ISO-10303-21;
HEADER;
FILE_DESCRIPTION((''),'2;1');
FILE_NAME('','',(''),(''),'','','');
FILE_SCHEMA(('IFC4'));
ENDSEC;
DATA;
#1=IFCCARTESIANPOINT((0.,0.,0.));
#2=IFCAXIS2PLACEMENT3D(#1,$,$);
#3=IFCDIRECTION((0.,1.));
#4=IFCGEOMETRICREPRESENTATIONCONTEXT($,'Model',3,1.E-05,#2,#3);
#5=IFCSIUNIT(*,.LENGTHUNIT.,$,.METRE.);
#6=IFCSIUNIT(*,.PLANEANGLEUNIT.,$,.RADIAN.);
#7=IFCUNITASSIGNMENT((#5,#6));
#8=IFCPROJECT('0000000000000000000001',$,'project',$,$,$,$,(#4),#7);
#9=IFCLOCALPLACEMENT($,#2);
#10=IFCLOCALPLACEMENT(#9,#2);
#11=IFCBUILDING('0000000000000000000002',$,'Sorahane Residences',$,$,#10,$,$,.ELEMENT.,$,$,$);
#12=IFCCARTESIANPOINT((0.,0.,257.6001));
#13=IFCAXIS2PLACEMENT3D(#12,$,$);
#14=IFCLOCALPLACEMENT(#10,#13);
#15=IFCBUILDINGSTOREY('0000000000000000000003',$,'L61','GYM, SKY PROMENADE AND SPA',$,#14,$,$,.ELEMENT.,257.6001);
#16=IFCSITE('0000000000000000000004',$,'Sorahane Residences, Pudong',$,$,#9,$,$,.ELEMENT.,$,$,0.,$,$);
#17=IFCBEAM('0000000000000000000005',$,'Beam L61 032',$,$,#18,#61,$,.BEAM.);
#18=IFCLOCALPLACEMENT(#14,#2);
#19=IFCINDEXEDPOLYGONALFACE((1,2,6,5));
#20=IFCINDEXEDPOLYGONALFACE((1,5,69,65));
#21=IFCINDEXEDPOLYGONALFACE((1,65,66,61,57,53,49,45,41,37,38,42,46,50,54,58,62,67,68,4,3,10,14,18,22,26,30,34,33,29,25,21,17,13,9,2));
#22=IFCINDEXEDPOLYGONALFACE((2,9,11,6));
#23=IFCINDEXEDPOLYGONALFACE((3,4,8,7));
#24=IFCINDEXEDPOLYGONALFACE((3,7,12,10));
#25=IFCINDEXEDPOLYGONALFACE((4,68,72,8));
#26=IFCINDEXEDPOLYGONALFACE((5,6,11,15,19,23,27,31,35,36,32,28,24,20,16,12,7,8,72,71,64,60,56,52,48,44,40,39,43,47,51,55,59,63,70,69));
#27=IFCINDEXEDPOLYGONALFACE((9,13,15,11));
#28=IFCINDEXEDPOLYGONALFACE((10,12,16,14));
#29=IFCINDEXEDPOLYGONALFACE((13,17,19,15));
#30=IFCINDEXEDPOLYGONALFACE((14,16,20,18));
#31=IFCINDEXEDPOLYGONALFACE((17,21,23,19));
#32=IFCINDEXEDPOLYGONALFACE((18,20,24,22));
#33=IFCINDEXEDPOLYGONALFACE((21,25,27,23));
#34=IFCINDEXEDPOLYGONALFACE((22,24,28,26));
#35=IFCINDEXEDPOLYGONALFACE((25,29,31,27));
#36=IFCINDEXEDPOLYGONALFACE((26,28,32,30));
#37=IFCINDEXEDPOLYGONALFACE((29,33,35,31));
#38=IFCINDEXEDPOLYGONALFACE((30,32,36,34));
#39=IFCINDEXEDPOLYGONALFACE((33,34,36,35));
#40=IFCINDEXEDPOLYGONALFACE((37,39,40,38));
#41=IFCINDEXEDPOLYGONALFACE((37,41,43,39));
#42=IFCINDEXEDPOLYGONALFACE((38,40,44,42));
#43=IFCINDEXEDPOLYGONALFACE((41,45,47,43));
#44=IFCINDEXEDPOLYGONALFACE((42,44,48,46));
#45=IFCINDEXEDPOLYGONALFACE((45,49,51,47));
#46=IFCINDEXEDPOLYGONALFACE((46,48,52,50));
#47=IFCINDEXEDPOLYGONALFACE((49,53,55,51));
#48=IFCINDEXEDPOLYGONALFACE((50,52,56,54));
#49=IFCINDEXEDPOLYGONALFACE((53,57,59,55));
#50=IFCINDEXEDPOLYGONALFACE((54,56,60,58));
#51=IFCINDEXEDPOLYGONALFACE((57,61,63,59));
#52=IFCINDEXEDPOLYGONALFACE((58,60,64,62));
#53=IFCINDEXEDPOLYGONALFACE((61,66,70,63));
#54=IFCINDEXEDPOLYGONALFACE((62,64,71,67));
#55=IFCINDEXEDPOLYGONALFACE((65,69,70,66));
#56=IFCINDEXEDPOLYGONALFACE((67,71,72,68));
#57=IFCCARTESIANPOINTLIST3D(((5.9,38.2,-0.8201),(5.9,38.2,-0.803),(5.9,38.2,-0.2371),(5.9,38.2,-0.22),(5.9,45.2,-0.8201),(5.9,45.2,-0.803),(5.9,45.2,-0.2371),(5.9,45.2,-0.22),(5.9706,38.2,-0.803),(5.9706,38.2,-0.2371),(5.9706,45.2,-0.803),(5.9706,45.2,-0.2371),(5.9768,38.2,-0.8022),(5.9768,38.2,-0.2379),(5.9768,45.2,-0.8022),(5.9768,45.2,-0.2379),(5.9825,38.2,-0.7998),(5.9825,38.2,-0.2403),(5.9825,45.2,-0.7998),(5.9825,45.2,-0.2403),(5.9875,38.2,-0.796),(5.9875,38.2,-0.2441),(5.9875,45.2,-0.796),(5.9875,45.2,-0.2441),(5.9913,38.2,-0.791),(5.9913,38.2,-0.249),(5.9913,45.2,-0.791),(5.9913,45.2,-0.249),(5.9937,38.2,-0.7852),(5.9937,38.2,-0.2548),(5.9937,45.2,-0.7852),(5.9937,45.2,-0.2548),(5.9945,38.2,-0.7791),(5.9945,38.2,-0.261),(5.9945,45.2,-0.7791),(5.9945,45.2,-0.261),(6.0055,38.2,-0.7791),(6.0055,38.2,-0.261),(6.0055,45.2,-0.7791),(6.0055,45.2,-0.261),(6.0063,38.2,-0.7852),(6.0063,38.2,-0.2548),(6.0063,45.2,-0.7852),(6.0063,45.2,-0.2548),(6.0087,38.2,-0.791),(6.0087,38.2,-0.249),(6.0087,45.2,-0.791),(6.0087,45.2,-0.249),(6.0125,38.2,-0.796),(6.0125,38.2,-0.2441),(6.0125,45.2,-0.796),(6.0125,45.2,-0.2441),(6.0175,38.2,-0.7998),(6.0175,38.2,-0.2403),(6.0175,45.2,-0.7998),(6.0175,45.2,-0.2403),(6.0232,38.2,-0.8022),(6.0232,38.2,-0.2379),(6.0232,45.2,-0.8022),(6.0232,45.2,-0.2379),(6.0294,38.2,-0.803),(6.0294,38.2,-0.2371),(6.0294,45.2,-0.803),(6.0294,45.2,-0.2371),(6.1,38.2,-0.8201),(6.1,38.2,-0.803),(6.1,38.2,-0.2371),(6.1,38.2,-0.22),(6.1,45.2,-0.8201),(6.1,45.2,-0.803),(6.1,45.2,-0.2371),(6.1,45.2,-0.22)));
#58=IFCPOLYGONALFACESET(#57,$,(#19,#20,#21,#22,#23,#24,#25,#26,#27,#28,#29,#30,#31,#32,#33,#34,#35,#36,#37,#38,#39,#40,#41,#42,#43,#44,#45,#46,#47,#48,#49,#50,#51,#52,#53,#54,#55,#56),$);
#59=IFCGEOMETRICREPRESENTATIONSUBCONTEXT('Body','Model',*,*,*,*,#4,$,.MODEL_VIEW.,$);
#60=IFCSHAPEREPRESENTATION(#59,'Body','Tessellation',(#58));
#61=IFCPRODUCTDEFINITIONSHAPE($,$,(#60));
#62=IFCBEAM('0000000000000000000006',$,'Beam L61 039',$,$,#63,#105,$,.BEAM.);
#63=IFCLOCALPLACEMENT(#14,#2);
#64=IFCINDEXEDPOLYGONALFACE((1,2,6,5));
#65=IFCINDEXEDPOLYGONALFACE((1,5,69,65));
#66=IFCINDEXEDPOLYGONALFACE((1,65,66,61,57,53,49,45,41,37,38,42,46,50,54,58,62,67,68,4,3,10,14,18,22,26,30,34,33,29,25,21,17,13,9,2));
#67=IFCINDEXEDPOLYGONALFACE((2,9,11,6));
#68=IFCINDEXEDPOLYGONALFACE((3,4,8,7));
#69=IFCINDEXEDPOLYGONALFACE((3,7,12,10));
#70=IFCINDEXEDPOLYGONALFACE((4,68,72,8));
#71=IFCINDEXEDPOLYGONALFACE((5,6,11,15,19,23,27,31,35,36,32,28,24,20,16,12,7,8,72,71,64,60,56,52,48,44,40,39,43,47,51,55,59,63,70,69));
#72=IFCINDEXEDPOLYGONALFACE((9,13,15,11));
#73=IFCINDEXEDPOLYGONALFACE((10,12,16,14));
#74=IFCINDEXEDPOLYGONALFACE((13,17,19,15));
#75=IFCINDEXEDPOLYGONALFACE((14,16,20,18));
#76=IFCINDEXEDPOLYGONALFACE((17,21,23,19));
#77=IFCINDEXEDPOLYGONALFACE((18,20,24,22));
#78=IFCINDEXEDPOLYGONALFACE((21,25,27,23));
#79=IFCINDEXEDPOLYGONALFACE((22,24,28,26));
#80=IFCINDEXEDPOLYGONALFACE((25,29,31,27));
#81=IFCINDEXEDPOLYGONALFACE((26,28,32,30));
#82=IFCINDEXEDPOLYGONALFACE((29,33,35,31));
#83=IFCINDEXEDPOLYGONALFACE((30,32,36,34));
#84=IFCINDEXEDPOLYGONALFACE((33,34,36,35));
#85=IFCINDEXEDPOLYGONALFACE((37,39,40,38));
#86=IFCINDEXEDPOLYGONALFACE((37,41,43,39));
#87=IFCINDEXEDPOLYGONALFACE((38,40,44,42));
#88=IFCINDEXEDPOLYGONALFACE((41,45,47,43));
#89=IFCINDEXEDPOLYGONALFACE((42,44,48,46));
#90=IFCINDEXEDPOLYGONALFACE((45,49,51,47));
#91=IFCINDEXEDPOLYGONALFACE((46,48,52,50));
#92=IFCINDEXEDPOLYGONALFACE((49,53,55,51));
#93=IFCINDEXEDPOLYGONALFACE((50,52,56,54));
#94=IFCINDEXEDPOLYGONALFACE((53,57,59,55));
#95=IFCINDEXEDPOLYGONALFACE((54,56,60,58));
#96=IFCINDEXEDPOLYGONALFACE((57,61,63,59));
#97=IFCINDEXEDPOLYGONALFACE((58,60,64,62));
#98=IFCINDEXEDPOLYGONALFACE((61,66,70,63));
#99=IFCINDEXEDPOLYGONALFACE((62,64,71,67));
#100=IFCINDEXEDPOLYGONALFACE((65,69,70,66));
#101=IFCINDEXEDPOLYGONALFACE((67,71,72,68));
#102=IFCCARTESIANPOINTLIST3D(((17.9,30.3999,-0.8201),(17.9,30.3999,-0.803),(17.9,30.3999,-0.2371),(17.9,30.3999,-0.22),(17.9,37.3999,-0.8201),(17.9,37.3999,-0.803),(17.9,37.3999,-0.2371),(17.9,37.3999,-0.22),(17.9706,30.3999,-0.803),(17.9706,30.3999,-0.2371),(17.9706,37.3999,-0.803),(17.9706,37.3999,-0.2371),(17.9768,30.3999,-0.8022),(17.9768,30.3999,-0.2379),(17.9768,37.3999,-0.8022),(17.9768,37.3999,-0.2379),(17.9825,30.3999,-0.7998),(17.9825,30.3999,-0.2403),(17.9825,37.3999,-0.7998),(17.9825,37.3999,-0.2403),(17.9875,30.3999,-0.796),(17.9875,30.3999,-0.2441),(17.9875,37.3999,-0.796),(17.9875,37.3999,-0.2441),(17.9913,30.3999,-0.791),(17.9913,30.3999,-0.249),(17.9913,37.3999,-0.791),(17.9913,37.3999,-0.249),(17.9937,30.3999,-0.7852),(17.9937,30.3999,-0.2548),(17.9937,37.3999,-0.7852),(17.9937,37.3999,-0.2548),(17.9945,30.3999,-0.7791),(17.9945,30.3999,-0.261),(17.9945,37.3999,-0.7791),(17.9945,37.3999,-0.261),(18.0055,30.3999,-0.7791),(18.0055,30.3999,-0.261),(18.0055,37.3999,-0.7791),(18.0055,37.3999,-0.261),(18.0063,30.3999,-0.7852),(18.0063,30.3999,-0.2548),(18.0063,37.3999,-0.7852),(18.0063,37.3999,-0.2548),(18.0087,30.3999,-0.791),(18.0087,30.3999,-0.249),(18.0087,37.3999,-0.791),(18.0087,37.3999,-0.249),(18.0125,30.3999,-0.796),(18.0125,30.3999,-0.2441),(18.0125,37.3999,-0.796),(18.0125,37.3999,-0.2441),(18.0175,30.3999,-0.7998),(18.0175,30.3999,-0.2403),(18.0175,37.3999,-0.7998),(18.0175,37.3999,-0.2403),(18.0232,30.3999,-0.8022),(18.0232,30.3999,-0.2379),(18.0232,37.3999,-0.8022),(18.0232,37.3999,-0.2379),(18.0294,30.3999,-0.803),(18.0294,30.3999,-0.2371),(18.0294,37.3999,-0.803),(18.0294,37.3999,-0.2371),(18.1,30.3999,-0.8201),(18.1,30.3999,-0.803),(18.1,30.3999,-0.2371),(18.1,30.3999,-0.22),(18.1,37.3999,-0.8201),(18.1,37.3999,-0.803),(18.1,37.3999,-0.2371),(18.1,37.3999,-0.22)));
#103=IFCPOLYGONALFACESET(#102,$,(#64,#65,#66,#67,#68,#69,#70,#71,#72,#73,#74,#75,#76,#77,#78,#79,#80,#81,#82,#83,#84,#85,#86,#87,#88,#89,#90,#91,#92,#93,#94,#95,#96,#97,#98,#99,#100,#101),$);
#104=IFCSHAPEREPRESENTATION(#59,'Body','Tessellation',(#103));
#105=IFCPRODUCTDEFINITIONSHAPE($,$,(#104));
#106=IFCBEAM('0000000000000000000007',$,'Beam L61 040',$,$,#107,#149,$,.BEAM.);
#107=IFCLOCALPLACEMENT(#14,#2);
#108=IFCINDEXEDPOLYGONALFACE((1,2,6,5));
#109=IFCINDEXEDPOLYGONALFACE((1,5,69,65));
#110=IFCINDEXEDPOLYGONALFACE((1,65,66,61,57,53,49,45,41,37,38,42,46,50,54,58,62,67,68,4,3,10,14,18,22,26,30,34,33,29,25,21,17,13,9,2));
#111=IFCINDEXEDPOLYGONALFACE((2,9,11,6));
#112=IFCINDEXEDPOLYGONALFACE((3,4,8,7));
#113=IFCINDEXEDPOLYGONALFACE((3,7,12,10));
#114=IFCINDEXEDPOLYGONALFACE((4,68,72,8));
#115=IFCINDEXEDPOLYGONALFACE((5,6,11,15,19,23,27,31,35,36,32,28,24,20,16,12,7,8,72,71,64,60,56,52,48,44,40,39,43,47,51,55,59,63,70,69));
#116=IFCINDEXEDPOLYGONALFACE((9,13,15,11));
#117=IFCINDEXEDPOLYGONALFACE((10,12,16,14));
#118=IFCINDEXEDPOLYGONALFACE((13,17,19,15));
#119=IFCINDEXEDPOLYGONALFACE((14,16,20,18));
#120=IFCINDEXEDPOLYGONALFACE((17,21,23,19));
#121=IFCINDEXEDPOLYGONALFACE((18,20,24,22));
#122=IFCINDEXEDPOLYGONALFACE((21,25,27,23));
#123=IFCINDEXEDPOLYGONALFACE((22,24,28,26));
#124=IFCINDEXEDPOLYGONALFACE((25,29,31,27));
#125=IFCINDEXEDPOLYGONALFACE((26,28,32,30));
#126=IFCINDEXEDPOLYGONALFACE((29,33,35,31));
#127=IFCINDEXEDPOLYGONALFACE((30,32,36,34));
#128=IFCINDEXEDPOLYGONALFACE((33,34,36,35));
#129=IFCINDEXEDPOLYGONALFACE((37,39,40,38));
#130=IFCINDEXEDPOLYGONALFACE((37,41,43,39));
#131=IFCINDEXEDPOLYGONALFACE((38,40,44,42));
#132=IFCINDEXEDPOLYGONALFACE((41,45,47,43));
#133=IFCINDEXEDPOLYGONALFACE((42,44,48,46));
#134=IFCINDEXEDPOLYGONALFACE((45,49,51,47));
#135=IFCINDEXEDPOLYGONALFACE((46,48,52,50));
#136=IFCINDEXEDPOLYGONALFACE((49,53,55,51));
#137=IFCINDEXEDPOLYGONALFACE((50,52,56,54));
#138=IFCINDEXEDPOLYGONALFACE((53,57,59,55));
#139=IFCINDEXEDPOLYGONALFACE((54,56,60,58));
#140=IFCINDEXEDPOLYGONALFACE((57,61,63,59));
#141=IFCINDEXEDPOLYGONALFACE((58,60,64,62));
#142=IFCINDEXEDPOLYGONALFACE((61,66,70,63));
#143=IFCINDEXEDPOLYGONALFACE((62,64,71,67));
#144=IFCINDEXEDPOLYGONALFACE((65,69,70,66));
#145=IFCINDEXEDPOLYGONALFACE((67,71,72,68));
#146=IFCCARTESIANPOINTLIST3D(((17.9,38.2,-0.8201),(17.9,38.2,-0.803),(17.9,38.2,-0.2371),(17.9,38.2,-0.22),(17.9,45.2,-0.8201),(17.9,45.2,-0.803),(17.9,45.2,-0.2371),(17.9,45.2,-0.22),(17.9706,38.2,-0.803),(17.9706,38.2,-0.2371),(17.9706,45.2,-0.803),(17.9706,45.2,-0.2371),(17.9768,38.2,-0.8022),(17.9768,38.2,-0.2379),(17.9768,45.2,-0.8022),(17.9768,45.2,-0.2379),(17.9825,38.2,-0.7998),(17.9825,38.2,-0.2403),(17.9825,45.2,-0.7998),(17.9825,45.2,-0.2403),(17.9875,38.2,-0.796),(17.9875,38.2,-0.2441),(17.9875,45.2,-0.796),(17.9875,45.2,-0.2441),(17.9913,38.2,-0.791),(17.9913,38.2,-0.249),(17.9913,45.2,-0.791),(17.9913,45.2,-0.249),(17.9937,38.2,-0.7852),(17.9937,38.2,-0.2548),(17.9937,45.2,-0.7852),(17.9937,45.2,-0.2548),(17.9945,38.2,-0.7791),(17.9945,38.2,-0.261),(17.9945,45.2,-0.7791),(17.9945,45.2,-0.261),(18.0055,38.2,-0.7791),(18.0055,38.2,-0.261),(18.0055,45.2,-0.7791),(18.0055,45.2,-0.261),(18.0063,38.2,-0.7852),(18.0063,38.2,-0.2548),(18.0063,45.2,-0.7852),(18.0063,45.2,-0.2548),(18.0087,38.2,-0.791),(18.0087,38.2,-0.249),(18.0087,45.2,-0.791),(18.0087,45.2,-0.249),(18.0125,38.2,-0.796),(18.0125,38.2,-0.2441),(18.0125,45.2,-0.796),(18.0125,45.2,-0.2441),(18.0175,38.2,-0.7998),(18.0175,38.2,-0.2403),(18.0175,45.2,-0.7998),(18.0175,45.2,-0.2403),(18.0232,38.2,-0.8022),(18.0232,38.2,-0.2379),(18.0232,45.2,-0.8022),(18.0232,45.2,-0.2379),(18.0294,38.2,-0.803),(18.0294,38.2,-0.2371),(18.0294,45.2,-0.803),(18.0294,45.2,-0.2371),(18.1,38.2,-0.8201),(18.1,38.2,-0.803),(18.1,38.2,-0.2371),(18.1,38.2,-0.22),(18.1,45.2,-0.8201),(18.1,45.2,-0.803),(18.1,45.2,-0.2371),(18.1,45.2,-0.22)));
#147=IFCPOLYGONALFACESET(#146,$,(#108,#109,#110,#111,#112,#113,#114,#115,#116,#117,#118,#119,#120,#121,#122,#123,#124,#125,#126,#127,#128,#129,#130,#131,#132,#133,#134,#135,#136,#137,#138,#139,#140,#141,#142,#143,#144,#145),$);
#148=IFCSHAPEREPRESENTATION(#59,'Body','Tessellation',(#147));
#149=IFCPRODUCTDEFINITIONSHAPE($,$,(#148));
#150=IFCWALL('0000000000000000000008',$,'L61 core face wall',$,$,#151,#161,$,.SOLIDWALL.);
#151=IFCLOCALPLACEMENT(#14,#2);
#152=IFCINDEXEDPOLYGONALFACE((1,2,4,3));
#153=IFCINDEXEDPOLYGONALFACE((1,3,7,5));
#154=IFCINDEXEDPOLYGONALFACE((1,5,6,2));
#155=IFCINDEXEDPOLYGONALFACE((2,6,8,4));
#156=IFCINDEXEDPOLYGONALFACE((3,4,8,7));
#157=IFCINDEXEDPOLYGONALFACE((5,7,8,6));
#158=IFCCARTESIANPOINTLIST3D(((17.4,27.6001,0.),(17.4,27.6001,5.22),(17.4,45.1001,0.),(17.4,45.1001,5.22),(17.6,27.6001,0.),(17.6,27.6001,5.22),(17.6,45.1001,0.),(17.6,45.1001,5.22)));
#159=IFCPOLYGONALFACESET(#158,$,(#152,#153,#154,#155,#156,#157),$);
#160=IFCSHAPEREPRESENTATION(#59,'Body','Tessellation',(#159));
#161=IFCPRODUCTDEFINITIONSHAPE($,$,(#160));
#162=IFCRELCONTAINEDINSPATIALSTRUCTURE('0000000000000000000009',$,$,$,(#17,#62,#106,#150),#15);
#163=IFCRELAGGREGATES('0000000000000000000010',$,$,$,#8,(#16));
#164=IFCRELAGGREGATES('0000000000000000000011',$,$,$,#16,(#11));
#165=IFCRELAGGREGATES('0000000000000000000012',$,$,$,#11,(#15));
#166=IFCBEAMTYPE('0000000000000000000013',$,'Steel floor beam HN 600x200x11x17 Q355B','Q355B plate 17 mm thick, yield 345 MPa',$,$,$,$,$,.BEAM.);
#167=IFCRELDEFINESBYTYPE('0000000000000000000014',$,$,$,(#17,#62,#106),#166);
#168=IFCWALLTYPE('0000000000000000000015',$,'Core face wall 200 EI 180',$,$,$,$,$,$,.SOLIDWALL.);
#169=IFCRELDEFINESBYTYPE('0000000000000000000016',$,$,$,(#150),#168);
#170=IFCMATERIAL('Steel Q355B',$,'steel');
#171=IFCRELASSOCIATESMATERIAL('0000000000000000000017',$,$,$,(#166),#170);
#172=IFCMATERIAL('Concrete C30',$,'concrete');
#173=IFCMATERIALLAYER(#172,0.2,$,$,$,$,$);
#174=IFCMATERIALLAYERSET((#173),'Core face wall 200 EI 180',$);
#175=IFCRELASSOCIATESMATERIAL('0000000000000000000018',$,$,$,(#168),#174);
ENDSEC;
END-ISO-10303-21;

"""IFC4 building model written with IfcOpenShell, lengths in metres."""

from ifc_helpers import new_model, si_unit, direction, frame, frame_2d, origin, origin_2d, place, context, subcontext, project, spatial, rectangle, i_section, extrude, material, layer, layer_set, material_profile, profile_set, type_object, element, save


model = new_model("IFC4")

# Units and contexts
model_context = context("Model", 3, precision=1e-05, world=origin(), true_north=direction((0.0, 1.0)))
body_context = subcontext(model_context, "Body", "Model", "MODEL_VIEW")
ifc_project = project(units=[si_unit("LENGTHUNIT", "METRE"), si_unit("PLANEANGLEUNIT", "RADIAN")], contexts=[model_context])

# Site, building, storey
site_placement = place(None, origin())
site = spatial("IfcSite", under=ifc_project, at=site_placement, Name="Sorahane Residences, Pudong", CompositionType="ELEMENT", RefElevation=0.0)
building_placement = place(site_placement, origin())
building = spatial("IfcBuilding", under=site, at=building_placement, Name="Sorahane Residences", CompositionType="ELEMENT")
storey_placement = place(building_placement, frame((0.0, 0.0, 257.6001)))
storey = spatial("IfcBuildingStorey", under=building, at=storey_placement, Name="L61", Description="GYM, SKY PROMENADE AND SPA", CompositionType="ELEMENT", Elevation=257.6001)

# Beams
ifc_material_1 = material(Name="Steel Q355B", Category="steel")
ifc_material_profile_1 = material_profile(ifc_material_1, i_section(OverallWidth=0.2, OverallDepth=0.6001, WebThickness=0.011, FlangeThickness=0.0171, FilletRadius=0.0239, at=origin_2d()), Name="HN 600x200x11x17")
ifc_profile_set_1 = profile_set([ifc_material_profile_1], Name="Steel Q355B")
beam_type_1 = type_object("IfcBeamType", Name="Steel floor beam HN 600x200x11x17 Q355B", Description="Q355B plate 17 mm thick, yield 345 MPa", PredefinedType="BEAM", material=ifc_profile_set_1)
for number, where, z_axis, x_axis, name in (
    (1, (6.0, 38.2, -0.52), (0.0, 1.0, 0.0), (-1.0, 0.0, 0.0), "Beam L61 032"),
    (2, (18.0, 30.3999, -0.52), (0.0, 1.0, 0.0), (-1.0, 0.0, 0.0), "Beam L61 039"),
    (3, (18.0, 38.2, -0.52), (0.0, 1.0, 0.0), (-1.0, 0.0, 0.0), "Beam L61 040"),
):
    element("IfcBeam", number, at=place(storey_placement, frame(where, z_axis=z_axis, x_axis=x_axis)), inside=storey, type_object=beam_type_1, Name=name, PredefinedType="BEAM", context=body_context, shape_type="SweptSolid", body=[
        extrude(i_section(OverallWidth=0.2, OverallDepth=0.6001, WebThickness=0.011, FlangeThickness=0.0171, FilletRadius=0.0239, at=origin_2d()), origin(), (0.0, 0.0, 1.0), 7.0),
    ])

# Wall
ifc_material_2 = material(Name="Concrete C30", Category="concrete")
ifc_layer_1 = layer(ifc_material_2, 0.2)
ifc_layer_set_1 = layer_set([ifc_layer_1], Name="Core face wall 200 EI 180")
wall_type_1 = type_object("IfcWallType", Name="Core face wall 200 EI 180", PredefinedType="SOLIDWALL", material=ifc_layer_set_1)
wall_1_placement = place(storey_placement, frame((17.5, 27.6001, 0.0), z_axis=(0.0, 0.0, 1.0), x_axis=(0.0, 1.0, 0.0)))
element("IfcWall", 4, at=wall_1_placement, inside=storey, type_object=wall_type_1, Name="L61 core face wall", PredefinedType="SOLIDWALL", context=body_context, shape_type="SweptSolid", body=[
    extrude(rectangle(XDim=17.5, YDim=0.2, at=frame_2d((8.75, 0.0))), origin(), (0.0, 0.0, 1.0), 5.22),
])

save(model, "model.ifc")
